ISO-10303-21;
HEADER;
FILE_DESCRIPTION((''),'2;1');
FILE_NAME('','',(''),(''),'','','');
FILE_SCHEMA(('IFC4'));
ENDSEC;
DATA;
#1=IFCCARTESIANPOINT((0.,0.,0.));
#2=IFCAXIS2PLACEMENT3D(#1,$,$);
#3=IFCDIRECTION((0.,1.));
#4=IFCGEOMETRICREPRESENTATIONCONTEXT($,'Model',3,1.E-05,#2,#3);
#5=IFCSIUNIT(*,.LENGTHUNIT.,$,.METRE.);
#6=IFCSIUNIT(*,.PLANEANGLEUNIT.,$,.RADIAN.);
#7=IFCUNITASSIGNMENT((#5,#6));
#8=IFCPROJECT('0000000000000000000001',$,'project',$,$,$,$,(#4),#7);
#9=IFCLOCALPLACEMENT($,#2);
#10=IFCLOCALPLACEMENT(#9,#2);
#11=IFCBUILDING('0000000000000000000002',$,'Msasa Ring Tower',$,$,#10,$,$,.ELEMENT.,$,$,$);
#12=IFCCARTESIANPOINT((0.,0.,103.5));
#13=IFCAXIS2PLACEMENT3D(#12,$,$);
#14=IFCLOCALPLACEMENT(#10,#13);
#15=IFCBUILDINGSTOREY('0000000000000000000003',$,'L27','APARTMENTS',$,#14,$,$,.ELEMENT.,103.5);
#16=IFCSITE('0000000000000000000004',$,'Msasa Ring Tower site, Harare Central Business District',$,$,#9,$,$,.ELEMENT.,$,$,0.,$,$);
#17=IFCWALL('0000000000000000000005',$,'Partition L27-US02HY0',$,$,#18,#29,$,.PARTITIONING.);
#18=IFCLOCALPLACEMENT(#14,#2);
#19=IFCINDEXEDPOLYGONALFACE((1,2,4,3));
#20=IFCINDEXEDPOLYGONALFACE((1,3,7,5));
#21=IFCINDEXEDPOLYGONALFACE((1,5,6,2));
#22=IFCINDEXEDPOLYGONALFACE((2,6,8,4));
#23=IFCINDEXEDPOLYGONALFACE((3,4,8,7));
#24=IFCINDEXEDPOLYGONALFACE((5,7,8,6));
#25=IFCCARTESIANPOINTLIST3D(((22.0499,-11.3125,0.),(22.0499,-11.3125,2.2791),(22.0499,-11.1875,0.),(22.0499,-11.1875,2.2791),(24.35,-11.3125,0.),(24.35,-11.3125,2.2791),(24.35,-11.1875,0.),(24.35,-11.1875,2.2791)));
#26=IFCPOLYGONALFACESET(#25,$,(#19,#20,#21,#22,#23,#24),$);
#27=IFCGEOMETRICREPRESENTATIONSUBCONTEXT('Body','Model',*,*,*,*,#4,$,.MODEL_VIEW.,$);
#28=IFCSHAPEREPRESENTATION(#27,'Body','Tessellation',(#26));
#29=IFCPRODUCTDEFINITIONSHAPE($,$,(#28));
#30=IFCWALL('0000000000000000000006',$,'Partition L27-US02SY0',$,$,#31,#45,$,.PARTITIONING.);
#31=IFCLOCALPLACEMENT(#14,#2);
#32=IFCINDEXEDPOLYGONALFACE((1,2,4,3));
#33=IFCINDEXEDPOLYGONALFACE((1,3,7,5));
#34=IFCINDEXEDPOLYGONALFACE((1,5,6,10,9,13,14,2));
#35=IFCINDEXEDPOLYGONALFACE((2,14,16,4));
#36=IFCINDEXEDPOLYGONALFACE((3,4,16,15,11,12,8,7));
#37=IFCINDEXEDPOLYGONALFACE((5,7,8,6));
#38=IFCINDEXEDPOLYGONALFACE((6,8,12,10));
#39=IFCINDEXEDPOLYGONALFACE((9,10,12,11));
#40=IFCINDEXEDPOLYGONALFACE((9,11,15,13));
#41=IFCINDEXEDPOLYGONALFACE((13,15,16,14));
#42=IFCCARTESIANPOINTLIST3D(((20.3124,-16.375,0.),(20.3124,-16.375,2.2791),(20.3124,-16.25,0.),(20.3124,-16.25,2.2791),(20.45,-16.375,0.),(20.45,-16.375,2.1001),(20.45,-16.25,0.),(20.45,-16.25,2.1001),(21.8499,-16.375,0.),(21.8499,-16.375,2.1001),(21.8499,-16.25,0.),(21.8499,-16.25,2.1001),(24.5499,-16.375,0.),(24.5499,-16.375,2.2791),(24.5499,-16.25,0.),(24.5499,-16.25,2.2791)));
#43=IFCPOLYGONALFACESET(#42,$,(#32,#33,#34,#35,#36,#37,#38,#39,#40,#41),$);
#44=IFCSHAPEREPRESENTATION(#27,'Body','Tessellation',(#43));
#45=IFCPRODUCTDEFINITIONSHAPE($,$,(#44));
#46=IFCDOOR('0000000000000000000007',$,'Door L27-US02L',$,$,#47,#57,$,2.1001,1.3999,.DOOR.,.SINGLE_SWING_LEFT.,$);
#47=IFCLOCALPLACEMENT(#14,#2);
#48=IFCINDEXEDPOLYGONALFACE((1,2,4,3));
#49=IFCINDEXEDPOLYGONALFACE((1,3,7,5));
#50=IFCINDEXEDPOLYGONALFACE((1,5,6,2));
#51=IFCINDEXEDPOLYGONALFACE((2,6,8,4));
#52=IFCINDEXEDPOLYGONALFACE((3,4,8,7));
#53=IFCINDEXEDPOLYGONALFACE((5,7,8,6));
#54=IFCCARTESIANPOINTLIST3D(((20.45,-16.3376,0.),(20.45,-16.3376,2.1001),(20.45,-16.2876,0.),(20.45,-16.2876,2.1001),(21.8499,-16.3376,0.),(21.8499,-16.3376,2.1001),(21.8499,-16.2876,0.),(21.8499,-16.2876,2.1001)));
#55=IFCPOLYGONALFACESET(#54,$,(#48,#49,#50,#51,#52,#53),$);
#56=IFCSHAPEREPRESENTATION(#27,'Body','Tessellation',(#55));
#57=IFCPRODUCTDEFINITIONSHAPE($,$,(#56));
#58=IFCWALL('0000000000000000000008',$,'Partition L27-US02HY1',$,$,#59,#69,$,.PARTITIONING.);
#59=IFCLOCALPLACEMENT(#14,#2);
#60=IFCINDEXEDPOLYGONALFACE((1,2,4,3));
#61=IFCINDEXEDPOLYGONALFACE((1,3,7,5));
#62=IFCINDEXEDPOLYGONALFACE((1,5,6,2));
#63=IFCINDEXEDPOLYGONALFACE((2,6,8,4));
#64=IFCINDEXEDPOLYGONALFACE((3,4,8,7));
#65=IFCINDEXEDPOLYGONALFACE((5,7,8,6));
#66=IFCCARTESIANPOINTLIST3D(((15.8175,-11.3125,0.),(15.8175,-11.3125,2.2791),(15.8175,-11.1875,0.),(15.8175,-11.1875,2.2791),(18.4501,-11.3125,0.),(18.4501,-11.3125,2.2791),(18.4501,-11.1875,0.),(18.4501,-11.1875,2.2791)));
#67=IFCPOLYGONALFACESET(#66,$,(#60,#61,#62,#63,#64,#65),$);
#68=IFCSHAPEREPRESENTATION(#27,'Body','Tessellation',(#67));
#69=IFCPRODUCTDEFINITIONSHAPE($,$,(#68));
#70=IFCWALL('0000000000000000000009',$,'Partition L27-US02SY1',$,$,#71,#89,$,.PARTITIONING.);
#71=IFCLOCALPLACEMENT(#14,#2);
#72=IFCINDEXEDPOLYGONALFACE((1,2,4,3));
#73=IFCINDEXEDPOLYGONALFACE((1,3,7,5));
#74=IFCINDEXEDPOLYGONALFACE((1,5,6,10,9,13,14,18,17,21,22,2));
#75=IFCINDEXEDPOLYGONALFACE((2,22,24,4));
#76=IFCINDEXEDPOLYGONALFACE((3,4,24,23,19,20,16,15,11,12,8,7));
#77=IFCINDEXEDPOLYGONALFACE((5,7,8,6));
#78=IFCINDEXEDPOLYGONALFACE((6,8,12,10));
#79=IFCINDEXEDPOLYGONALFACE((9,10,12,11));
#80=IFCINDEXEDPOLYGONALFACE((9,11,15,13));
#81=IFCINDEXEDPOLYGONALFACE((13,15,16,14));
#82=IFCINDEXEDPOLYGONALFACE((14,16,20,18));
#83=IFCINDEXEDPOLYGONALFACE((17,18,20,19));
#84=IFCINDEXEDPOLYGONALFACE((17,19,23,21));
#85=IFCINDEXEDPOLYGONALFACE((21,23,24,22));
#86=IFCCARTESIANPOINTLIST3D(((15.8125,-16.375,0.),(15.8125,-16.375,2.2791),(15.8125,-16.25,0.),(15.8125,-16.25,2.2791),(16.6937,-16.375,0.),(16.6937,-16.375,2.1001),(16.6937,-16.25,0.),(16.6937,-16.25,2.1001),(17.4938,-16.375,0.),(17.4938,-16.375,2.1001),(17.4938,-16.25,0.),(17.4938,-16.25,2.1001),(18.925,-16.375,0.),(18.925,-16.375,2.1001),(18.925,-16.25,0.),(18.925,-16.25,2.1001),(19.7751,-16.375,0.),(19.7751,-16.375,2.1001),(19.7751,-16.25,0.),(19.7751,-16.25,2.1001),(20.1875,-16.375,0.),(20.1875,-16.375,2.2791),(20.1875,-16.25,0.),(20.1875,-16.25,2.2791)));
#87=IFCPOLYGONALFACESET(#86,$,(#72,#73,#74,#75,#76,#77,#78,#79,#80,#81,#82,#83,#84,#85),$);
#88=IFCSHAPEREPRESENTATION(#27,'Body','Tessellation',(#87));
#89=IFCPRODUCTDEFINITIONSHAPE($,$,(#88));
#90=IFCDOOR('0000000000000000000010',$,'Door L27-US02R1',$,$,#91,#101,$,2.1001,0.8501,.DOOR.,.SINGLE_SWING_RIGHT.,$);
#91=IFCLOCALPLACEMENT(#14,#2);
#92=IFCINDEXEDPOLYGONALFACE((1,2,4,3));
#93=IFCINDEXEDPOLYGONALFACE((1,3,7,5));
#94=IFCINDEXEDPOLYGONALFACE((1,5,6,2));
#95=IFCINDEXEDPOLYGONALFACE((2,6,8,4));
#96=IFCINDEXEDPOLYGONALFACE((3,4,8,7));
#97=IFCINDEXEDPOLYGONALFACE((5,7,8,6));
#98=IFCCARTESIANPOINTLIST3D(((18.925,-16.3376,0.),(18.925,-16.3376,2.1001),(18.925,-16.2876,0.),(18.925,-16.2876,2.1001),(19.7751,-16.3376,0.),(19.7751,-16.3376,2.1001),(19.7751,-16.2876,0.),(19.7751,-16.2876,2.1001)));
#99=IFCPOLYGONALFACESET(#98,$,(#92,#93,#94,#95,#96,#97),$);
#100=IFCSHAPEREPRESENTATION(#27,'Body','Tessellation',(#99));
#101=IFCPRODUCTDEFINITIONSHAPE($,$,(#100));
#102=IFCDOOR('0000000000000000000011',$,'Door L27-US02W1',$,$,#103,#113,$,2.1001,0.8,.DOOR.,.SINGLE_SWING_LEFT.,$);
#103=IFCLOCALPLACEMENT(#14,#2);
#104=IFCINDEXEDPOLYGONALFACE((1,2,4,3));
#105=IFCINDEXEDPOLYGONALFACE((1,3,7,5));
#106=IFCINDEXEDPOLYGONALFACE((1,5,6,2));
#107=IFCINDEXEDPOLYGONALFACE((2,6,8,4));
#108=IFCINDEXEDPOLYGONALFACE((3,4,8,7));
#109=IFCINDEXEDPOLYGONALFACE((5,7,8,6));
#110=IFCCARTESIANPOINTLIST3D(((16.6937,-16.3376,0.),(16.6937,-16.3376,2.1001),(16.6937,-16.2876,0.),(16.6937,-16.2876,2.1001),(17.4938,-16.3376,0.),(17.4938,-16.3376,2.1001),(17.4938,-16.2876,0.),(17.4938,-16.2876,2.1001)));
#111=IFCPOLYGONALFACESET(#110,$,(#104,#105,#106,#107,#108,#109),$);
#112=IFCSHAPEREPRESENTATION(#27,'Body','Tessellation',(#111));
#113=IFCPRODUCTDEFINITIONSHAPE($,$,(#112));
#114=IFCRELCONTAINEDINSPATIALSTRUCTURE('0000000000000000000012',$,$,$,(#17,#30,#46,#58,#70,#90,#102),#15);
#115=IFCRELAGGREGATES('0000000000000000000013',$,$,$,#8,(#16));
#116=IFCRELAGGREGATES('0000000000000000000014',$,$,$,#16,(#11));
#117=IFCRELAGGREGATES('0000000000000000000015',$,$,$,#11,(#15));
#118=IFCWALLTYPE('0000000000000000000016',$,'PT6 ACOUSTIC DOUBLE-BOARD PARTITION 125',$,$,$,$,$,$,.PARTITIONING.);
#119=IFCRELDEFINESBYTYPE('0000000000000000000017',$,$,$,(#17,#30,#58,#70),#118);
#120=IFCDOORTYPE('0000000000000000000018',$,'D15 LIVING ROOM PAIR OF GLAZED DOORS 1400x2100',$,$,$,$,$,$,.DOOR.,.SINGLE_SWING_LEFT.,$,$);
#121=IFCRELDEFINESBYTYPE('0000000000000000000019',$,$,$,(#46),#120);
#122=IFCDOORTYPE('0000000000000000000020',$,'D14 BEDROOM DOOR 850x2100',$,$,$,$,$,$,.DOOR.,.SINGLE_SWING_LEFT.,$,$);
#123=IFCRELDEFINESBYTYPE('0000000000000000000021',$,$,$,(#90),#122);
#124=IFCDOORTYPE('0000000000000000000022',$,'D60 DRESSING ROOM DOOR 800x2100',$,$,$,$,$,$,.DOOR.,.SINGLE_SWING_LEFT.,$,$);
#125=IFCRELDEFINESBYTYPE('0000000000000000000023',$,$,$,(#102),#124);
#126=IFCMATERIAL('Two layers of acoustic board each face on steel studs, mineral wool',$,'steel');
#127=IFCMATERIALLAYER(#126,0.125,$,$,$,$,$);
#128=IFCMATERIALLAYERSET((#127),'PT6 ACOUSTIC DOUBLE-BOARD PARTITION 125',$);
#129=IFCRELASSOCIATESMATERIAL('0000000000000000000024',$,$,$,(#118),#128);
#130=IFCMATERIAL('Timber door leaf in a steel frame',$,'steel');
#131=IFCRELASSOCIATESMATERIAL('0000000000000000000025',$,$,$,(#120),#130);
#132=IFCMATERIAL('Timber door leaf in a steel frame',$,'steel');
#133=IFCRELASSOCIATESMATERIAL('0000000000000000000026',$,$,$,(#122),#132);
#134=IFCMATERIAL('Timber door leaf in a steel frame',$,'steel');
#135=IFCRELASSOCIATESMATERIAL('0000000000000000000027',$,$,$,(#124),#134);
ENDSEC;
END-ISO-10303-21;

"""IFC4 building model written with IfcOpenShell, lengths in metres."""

from ifc_helpers import new_model, si_unit, direction, frame, frame_2d, origin, place, context, subcontext, project, spatial, rectangle, extrude, material, layer, layer_set, type_object, element, fill, save


model = new_model("IFC4")

# Units and contexts
model_context = context("Model", 3, precision=1e-05, world=origin(), true_north=direction((0.0, 1.0)))
body_context = subcontext(model_context, "Body", "Model", "MODEL_VIEW")
ifc_project = project(units=[si_unit("LENGTHUNIT", "METRE"), si_unit("PLANEANGLEUNIT", "RADIAN")], contexts=[model_context])

# Site, building, storey
site_placement = place(None, origin())
site = spatial("IfcSite", under=ifc_project, at=site_placement, Name="Msasa Ring Tower site, Harare Central Business District", CompositionType="ELEMENT", RefElevation=0.0)
building_placement = place(site_placement, origin())
building = spatial("IfcBuilding", under=site, at=building_placement, Name="Msasa Ring Tower", CompositionType="ELEMENT")
storey_placement = place(building_placement, frame((0.0, 0.0, 103.5)))
storey = spatial("IfcBuildingStorey", under=building, at=storey_placement, Name="L27", Description="APARTMENTS", CompositionType="ELEMENT", Elevation=103.5)

# Wall
ifc_material_1 = material(Name="Two layers of acoustic board each face on steel studs, mineral wool", Category="steel")
ifc_layer_1 = layer(ifc_material_1, 0.125)
ifc_layer_set_1 = layer_set([ifc_layer_1], Name="PT6 ACOUSTIC DOUBLE-BOARD PARTITION 125")
wall_type_1 = type_object("IfcWallType", Name="PT6 ACOUSTIC DOUBLE-BOARD PARTITION 125", PredefinedType="PARTITIONING", material=ifc_layer_set_1)
wall_1_placement = place(storey_placement, frame((22.05, -11.25, 0.0), z_axis=(0.0, 0.0, 1.0), x_axis=(1.0, 0.0, 0.0)))
element("IfcWall", 1, at=wall_1_placement, inside=storey, type_object=wall_type_1, Name="Partition L27-US02HY0", PredefinedType="PARTITIONING", context=body_context, shape_type="SweptSolid", body=[
    extrude(rectangle(XDim=2.3, YDim=0.125, at=frame_2d((1.1499, 0.0))), origin(), (0.0, 0.0, 1.0), 2.2791),
])

# Wall, opening, door
wall_2_placement = place(storey_placement, frame((20.3125, -16.3125, 0.0), z_axis=(0.0, 0.0, 1.0), x_axis=(1.0, 0.0, 0.0)))
wall_2 = element("IfcWall", 2, at=wall_2_placement, inside=storey, type_object=wall_type_1, Name="Partition L27-US02SY0", PredefinedType="PARTITIONING", context=body_context, shape_type="SweptSolid", body=[
    extrude(rectangle(XDim=4.2375, YDim=0.125, at=frame_2d((2.1187, 0.0))), origin(), (0.0, 0.0, 1.0), 2.2791),
])
opening_1_placement = place(wall_2_placement, frame((0.1375, 0.0, 0.0)))
opening_1 = element("IfcOpeningElement", 3, at=opening_1_placement, cuts=wall_2, PredefinedType="OPENING", context=body_context, shape_type="SweptSolid", body=[
    extrude(rectangle(XDim=1.3999, YDim=2.1001, at=frame_2d((0.7, 1.05))), frame((0.0, 0.0725, 0.0), z_axis=(0.0, -1.0, 0.0), x_axis=(1.0, 0.0, 0.0)), (0.0, 0.0, 1.0), 0.145),
])
ifc_material_2 = material(Name="Timber door leaf in a steel frame", Category="steel")
door_type_1 = type_object("IfcDoorType", Name="D15 LIVING ROOM PAIR OF GLAZED DOORS 1400x2100", OperationType="SINGLE_SWING_LEFT", PredefinedType="DOOR", material=ifc_material_2)
door_1_placement = place(opening_1_placement, origin())
door_1 = element("IfcDoor", 4, at=door_1_placement, inside=storey, type_object=door_type_1, Name="Door L27-US02L", OperationType="SINGLE_SWING_LEFT", OverallHeight=2.1001, OverallWidth=1.3999, PredefinedType="DOOR", context=body_context, shape_type="SweptSolid", body=[
    extrude(rectangle(XDim=1.3999, YDim=2.1001, at=frame_2d((0.7, 1.05))), frame((0.0, 0.0249, 0.0), z_axis=(0.0, -1.0, 0.0), x_axis=(1.0, 0.0, 0.0)), (0.0, 0.0, 1.0), 0.05),
])
fill(opening_1, door_1)

# Wall
wall_3_placement = place(storey_placement, frame((15.8174, -11.25, 0.0), z_axis=(0.0, 0.0, 1.0), x_axis=(1.0, 0.0, 0.0)))
element("IfcWall", 5, at=wall_3_placement, inside=storey, type_object=wall_type_1, Name="Partition L27-US02HY1", PredefinedType="PARTITIONING", context=body_context, shape_type="SweptSolid", body=[
    extrude(rectangle(XDim=2.6326, YDim=0.125, at=frame_2d((1.3164, 0.0))), origin(), (0.0, 0.0, 1.0), 2.2791),
])

# Wall, openings, doors
wall_4_placement = place(storey_placement, frame((15.8125, -16.3125, 0.0), z_axis=(0.0, 0.0, 1.0), x_axis=(1.0, 0.0, 0.0)))
wall_4 = element("IfcWall", 6, at=wall_4_placement, inside=storey, type_object=wall_type_1, Name="Partition L27-US02SY1", PredefinedType="PARTITIONING", context=body_context, shape_type="SweptSolid", body=[
    extrude(rectangle(XDim=4.375, YDim=0.125, at=frame_2d((2.1875, 0.0))), origin(), (0.0, 0.0, 1.0), 2.2791),
])
opening_2_placement = place(wall_4_placement, frame((3.1125, 0.0, 0.0)))
opening_2 = element("IfcOpeningElement", 7, at=opening_2_placement, cuts=wall_4, PredefinedType="OPENING", context=body_context, shape_type="SweptSolid", body=[
    extrude(rectangle(XDim=0.8501, YDim=2.1001, at=frame_2d((0.425, 1.05))), frame((0.0, 0.0725, 0.0), z_axis=(0.0, -1.0, 0.0), x_axis=(1.0, 0.0, 0.0)), (0.0, 0.0, 1.0), 0.145),
])
opening_3_placement = place(wall_4_placement, frame((0.8813, 0.0, 0.0)))
opening_3 = element("IfcOpeningElement", 8, at=opening_3_placement, cuts=wall_4, PredefinedType="OPENING", context=body_context, shape_type="SweptSolid", body=[
    extrude(rectangle(XDim=0.8, YDim=2.1001, at=frame_2d((0.3999, 1.05))), frame((0.0, 0.0725, 0.0), z_axis=(0.0, -1.0, 0.0), x_axis=(1.0, 0.0, 0.0)), (0.0, 0.0, 1.0), 0.145),
])
ifc_material_3 = material(Name="Timber door leaf in a steel frame", Category="steel")
door_type_2 = type_object("IfcDoorType", Name="D14 BEDROOM DOOR 850x2100", OperationType="SINGLE_SWING_LEFT", PredefinedType="DOOR", material=ifc_material_3)
door_2_placement = place(opening_2_placement, origin())
door_2 = element("IfcDoor", 9, at=door_2_placement, inside=storey, type_object=door_type_2, Name="Door L27-US02R1", OperationType="SINGLE_SWING_RIGHT", OverallHeight=2.1001, OverallWidth=0.8501, PredefinedType="DOOR", context=body_context, shape_type="SweptSolid", body=[
    extrude(rectangle(XDim=0.8501, YDim=2.1001, at=frame_2d((0.425, 1.05))), frame((0.0, 0.0249, 0.0), z_axis=(0.0, -1.0, 0.0), x_axis=(1.0, 0.0, 0.0)), (0.0, 0.0, 1.0), 0.05),
])
fill(opening_2, door_2)
ifc_material_4 = material(Name="Timber door leaf in a steel frame", Category="steel")
door_type_3 = type_object("IfcDoorType", Name="D60 DRESSING ROOM DOOR 800x2100", OperationType="SINGLE_SWING_LEFT", PredefinedType="DOOR", material=ifc_material_4)
door_3_placement = place(opening_3_placement, origin())
door_3 = element("IfcDoor", 10, at=door_3_placement, inside=storey, type_object=door_type_3, Name="Door L27-US02W1", OperationType="SINGLE_SWING_LEFT", OverallHeight=2.1001, OverallWidth=0.8, PredefinedType="DOOR", context=body_context, shape_type="SweptSolid", body=[
    extrude(rectangle(XDim=0.8, YDim=2.1001, at=frame_2d((0.3999, 1.05))), frame((0.0, 0.0249, 0.0), z_axis=(0.0, -1.0, 0.0), x_axis=(1.0, 0.0, 0.0)), (0.0, 0.0, 1.0), 0.05),
])
fill(opening_3, door_3)

save(model, "model.ifc")
